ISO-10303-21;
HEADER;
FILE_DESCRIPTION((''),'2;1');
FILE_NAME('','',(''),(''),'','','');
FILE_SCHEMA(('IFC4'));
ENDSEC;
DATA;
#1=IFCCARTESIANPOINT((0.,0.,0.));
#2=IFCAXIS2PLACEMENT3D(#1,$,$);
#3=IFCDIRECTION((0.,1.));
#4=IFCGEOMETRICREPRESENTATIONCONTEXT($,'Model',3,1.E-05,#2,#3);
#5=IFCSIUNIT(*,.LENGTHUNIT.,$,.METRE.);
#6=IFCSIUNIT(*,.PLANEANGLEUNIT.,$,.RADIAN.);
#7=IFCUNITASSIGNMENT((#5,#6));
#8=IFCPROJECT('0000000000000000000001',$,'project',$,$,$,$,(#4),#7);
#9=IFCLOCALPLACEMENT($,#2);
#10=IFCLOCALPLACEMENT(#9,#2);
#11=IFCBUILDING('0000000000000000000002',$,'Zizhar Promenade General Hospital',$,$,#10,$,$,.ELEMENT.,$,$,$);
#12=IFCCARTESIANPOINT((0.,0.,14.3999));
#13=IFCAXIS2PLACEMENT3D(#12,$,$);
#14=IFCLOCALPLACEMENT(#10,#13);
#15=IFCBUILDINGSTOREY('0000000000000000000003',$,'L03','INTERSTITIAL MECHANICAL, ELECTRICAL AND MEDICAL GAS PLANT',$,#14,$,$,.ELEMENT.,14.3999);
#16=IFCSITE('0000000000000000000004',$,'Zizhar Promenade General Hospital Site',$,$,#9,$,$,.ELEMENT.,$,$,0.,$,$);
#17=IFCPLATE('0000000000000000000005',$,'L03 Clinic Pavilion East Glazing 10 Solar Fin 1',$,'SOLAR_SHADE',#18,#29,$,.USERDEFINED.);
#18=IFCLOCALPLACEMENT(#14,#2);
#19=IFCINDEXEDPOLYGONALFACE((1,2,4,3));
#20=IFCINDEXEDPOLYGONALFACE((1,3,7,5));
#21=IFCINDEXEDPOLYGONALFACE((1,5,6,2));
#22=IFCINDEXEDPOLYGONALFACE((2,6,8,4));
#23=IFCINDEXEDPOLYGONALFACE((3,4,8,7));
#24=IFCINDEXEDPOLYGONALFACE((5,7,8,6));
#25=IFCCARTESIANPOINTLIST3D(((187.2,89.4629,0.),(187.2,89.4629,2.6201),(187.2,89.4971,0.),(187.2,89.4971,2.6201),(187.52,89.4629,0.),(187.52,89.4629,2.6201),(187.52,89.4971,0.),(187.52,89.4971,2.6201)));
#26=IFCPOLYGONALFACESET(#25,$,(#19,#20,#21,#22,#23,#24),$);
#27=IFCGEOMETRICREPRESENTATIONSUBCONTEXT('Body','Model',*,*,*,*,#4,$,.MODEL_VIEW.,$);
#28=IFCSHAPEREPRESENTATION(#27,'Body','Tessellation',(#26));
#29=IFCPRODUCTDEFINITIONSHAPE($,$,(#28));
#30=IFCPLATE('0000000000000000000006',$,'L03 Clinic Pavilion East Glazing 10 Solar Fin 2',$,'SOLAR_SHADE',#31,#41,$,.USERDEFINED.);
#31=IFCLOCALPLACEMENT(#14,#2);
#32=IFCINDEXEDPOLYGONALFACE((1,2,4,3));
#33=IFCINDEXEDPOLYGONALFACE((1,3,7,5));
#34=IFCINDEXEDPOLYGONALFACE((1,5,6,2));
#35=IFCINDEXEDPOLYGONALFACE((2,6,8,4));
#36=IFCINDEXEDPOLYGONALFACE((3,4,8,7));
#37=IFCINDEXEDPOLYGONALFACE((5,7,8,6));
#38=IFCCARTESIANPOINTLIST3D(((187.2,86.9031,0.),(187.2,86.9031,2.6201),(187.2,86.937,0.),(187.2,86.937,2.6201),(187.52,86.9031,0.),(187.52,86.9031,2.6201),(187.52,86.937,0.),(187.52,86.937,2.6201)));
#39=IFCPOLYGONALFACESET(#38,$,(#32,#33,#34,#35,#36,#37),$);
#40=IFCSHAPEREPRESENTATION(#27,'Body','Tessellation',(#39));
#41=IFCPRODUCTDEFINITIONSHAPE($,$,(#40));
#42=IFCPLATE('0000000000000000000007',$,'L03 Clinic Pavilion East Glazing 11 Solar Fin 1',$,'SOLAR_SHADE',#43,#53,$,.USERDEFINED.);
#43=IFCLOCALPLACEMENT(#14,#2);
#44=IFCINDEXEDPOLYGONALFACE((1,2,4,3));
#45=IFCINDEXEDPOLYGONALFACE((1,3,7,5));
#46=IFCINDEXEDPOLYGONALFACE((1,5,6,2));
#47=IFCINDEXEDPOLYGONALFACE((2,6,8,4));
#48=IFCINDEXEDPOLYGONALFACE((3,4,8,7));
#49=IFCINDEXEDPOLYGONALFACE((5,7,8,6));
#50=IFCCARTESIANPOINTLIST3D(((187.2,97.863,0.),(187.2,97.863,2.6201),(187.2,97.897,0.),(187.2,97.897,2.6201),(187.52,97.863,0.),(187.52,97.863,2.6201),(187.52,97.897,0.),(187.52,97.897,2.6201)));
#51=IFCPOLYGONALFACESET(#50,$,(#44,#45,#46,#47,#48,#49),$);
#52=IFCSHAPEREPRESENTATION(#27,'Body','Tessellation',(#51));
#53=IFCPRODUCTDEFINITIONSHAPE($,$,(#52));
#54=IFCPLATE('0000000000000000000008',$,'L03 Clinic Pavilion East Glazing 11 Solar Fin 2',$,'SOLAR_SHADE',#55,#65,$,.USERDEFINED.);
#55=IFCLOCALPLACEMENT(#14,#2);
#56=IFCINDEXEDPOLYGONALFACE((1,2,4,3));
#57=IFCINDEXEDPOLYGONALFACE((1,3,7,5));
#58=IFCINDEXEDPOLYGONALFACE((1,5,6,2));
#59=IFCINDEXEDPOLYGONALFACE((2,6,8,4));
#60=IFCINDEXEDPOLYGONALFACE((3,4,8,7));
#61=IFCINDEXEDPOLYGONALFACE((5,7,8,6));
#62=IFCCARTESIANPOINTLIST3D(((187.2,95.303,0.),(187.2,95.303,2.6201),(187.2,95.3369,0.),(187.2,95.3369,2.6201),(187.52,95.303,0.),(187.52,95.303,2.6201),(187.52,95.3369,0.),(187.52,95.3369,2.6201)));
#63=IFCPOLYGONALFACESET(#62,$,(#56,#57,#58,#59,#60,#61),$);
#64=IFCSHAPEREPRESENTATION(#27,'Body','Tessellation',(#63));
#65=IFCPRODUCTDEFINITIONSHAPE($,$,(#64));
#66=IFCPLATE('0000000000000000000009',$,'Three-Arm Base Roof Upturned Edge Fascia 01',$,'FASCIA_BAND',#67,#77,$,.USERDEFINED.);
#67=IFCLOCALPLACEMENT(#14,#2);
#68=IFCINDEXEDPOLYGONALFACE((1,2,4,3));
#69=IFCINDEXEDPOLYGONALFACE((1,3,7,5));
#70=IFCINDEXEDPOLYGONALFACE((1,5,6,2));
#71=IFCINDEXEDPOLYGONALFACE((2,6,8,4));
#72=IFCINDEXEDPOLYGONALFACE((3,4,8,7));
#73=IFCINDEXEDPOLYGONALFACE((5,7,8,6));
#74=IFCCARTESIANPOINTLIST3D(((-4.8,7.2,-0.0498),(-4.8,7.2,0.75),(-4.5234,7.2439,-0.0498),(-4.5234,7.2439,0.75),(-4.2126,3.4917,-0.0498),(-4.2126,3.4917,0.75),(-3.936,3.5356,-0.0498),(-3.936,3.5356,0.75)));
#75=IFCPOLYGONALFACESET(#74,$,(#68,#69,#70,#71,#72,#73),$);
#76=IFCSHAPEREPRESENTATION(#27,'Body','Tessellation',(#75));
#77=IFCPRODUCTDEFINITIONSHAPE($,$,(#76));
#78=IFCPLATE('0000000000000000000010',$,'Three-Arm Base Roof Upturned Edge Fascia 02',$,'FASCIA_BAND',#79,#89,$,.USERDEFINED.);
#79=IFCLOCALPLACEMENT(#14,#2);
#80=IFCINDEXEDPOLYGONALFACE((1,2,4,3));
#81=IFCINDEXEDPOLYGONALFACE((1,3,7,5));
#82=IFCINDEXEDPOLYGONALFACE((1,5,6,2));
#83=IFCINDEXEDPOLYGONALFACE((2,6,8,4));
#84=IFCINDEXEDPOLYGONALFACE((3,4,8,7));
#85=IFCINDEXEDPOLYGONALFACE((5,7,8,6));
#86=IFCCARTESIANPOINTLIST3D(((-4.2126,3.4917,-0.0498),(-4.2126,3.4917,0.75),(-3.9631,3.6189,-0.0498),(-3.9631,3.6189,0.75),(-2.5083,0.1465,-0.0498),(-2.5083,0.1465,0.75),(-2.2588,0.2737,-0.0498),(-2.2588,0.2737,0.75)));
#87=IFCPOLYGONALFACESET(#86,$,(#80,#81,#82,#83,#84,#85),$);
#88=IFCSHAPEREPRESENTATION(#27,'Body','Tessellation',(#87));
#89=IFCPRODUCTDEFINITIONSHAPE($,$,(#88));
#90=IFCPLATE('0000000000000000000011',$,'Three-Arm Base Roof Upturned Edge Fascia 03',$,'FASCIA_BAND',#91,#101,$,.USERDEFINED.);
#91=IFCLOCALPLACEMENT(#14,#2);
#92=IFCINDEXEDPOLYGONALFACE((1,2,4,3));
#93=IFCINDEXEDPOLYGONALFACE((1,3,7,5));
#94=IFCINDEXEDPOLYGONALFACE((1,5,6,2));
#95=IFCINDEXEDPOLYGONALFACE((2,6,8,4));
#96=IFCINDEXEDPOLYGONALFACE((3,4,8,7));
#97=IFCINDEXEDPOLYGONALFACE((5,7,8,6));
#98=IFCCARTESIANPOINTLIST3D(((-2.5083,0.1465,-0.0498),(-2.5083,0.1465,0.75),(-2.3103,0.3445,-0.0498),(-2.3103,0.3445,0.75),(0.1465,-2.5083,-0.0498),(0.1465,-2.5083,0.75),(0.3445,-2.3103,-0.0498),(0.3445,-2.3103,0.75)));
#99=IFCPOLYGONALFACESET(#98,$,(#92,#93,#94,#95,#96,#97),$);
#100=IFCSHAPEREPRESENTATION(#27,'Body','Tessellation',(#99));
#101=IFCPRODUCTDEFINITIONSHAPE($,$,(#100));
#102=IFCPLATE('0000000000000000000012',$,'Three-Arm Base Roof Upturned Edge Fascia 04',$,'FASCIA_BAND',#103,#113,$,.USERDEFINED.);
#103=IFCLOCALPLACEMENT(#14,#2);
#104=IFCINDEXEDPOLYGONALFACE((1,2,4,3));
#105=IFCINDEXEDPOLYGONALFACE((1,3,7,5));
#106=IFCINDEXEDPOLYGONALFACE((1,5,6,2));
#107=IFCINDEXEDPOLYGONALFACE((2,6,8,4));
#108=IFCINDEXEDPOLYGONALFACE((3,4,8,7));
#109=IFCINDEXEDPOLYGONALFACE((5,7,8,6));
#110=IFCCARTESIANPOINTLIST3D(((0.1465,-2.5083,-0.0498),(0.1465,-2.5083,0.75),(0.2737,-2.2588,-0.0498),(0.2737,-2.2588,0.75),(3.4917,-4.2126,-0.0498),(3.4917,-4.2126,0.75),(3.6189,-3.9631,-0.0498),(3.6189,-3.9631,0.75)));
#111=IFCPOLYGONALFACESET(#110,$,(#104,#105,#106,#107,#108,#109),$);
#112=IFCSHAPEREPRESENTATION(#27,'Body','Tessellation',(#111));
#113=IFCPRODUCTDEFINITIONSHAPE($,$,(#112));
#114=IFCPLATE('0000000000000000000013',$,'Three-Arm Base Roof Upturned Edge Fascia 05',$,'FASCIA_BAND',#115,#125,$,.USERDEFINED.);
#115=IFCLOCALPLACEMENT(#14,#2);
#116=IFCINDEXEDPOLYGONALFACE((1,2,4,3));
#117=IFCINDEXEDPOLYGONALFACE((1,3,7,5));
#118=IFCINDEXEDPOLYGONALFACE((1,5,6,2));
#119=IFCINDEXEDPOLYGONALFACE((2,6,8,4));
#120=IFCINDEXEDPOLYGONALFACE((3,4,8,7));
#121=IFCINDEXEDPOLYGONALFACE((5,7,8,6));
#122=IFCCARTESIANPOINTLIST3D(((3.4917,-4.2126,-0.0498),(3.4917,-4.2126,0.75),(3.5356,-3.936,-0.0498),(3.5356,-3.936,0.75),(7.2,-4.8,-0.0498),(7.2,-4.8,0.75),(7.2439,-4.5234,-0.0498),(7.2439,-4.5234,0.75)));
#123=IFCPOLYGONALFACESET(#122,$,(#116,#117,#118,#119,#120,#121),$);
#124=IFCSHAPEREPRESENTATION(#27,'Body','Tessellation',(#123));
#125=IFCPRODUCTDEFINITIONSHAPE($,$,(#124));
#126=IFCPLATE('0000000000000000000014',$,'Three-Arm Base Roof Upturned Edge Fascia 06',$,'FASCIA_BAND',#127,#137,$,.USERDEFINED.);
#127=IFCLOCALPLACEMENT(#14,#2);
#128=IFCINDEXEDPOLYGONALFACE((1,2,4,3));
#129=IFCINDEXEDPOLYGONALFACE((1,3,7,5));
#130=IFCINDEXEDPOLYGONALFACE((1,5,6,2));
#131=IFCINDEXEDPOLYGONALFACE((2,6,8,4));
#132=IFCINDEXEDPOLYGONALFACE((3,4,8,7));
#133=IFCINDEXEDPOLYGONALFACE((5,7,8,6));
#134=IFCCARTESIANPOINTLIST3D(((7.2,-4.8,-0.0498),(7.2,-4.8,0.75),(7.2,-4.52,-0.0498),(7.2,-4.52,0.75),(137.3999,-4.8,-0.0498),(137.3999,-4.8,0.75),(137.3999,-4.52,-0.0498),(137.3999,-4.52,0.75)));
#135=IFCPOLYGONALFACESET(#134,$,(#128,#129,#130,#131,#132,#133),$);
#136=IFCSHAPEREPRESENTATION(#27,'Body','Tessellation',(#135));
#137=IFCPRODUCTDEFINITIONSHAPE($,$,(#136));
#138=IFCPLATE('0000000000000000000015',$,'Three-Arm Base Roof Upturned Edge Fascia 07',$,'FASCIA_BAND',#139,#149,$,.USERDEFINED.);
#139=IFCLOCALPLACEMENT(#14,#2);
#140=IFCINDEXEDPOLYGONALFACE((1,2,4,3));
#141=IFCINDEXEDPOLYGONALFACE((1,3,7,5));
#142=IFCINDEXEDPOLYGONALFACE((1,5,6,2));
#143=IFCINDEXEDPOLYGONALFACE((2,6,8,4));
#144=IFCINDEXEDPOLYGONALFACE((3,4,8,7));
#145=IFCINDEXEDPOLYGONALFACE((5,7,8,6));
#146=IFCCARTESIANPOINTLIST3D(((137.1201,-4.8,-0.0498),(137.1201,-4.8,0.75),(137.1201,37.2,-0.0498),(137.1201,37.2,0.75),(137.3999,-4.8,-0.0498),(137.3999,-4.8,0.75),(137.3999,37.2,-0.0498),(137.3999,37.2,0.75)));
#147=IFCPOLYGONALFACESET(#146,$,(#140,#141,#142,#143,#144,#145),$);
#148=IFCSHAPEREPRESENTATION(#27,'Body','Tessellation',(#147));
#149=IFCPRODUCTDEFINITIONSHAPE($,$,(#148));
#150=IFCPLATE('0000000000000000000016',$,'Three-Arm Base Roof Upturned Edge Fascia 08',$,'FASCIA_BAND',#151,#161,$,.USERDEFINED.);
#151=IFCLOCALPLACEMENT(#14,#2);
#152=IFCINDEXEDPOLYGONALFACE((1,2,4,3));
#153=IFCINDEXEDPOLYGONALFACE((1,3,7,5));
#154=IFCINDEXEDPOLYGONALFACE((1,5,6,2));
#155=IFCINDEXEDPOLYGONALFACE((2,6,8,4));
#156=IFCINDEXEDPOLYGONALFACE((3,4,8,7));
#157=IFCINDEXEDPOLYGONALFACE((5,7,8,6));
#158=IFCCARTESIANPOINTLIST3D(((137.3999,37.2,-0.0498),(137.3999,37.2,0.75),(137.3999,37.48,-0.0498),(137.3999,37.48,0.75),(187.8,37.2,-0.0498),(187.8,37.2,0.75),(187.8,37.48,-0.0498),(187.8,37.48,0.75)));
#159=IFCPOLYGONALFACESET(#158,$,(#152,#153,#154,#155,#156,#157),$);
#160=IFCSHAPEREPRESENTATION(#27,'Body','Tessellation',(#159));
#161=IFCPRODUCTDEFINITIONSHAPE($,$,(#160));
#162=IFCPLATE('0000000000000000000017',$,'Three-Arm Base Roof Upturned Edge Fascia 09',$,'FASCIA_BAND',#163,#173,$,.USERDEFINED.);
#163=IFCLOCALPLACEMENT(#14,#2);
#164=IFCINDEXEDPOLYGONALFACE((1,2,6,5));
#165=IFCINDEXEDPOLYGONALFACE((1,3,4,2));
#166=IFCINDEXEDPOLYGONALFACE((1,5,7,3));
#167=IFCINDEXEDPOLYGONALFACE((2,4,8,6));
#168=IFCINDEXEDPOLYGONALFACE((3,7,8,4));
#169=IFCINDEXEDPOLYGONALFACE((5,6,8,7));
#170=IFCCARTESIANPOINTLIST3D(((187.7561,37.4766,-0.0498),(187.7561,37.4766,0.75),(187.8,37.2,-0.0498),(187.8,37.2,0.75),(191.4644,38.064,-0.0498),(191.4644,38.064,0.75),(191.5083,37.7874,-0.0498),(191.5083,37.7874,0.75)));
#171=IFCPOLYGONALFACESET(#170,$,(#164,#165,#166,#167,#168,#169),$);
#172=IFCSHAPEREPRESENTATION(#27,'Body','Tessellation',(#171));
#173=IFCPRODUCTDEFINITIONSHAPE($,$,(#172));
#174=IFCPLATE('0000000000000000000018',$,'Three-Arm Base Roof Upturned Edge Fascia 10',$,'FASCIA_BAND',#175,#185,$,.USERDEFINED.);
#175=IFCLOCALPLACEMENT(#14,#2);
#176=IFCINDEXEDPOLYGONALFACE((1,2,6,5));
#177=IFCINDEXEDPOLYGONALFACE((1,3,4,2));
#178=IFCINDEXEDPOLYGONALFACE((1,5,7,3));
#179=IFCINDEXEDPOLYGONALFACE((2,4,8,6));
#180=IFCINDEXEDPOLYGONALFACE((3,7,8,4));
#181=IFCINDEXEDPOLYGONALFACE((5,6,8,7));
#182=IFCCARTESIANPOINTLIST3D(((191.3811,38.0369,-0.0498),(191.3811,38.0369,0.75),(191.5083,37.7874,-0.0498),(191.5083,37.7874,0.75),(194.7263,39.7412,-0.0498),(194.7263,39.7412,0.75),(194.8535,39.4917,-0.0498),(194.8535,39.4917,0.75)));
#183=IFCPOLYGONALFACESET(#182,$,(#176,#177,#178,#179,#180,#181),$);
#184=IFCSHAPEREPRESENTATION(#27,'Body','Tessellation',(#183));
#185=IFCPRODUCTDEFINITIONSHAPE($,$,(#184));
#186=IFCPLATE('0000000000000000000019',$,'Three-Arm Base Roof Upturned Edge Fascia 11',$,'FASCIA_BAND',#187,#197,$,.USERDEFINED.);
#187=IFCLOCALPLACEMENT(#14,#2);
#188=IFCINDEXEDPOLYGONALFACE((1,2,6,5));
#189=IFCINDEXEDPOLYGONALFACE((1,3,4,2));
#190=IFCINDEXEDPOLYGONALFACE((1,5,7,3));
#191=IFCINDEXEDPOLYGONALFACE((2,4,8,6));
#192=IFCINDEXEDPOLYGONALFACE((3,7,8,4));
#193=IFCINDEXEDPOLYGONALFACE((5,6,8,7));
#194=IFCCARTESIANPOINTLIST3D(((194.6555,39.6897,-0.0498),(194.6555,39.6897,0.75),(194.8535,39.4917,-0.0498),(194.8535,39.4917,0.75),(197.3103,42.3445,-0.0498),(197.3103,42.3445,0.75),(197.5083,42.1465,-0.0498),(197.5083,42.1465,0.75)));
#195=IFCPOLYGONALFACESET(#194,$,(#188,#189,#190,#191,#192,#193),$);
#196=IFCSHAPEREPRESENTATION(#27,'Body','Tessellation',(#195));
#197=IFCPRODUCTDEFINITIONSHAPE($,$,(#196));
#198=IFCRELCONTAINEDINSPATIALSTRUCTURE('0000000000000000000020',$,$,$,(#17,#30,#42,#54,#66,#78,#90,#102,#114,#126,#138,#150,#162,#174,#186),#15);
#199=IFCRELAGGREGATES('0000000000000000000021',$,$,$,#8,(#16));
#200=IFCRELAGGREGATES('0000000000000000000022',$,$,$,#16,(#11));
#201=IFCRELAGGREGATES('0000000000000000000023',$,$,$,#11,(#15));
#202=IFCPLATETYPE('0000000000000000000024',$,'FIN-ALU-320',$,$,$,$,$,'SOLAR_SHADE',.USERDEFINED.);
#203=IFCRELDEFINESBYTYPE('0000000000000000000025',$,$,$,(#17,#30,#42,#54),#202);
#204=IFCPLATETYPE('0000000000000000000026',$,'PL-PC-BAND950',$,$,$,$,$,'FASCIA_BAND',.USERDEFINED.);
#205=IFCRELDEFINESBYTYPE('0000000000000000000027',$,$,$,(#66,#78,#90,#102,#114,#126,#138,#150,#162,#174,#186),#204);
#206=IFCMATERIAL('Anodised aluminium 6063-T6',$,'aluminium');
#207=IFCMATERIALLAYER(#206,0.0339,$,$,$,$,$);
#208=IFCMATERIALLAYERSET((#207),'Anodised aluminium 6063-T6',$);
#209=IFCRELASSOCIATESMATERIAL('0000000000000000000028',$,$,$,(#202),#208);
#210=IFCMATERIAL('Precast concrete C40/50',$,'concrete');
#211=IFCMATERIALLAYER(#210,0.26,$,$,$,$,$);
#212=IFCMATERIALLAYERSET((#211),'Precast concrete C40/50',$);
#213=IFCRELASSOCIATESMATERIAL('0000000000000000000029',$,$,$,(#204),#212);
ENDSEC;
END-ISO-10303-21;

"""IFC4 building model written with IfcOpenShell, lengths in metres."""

from ifc_helpers import new_model, si_unit, direction, frame, origin, place, context, subcontext, project, spatial, polyline, outline, extrude, material, layer, layer_set, type_object, element, save


model = new_model("IFC4")

# Units and contexts
model_context = context("Model", 3, precision=1e-05, world=origin(), true_north=direction((0.0, 1.0)))
body_context = subcontext(model_context, "Body", "Model", "MODEL_VIEW")
ifc_project = project(units=[si_unit("LENGTHUNIT", "METRE"), si_unit("PLANEANGLEUNIT", "RADIAN")], contexts=[model_context])

# Site, building, storey
site_placement = place(None, origin())
site = spatial("IfcSite", under=ifc_project, at=site_placement, Name="Zizhar Promenade General Hospital Site", CompositionType="ELEMENT", RefElevation=0.0)
building_placement = place(site_placement, origin())
building = spatial("IfcBuilding", under=site, at=building_placement, Name="Zizhar Promenade General Hospital", CompositionType="ELEMENT")
storey_placement = place(building_placement, frame((0.0, 0.0, 14.3999)))
storey = spatial("IfcBuildingStorey", under=building, at=storey_placement, Name="L03", Description="INTERSTITIAL MECHANICAL, ELECTRICAL AND MEDICAL GAS PLANT", CompositionType="ELEMENT", Elevation=14.3999)

# Plates
ifc_material_1 = material(Name="Anodised aluminium 6063-T6", Category="aluminium")
ifc_layer_1 = layer(ifc_material_1, 0.0339)
ifc_layer_set_1 = layer_set([ifc_layer_1], Name="Anodised aluminium 6063-T6")
plate_type_1 = type_object("IfcPlateType", Name="FIN-ALU-320", ElementType="SOLAR_SHADE", PredefinedType="USERDEFINED", material=ifc_layer_set_1)
plate_1_placement = place(storey_placement, origin())
element("IfcPlate", 1, at=plate_1_placement, inside=storey, type_object=plate_type_1, Name="L03 Clinic Pavilion East Glazing 10 Solar Fin 1", ObjectType="SOLAR_SHADE", PredefinedType="USERDEFINED", context=body_context, shape_type="SweptSolid", body=[
    extrude(outline(polyline([(187.2, 89.4971), (187.2, 89.4629), (187.52, 89.4629), (187.52, 89.4971), (187.2, 89.4971)])), origin(), (0.0, 0.0, 1.0), 2.6201),
])
plate_2_placement = place(storey_placement, origin())
element("IfcPlate", 2, at=plate_2_placement, inside=storey, type_object=plate_type_1, Name="L03 Clinic Pavilion East Glazing 10 Solar Fin 2", ObjectType="SOLAR_SHADE", PredefinedType="USERDEFINED", context=body_context, shape_type="SweptSolid", body=[
    extrude(outline(polyline([(187.2, 86.937), (187.2, 86.9031), (187.52, 86.9031), (187.52, 86.937), (187.2, 86.937)])), origin(), (0.0, 0.0, 1.0), 2.6201),
])
plate_3_placement = place(storey_placement, origin())
element("IfcPlate", 3, at=plate_3_placement, inside=storey, type_object=plate_type_1, Name="L03 Clinic Pavilion East Glazing 11 Solar Fin 1", ObjectType="SOLAR_SHADE", PredefinedType="USERDEFINED", context=body_context, shape_type="SweptSolid", body=[
    extrude(outline(polyline([(187.2, 97.897), (187.2, 97.863), (187.52, 97.863), (187.52, 97.897), (187.2, 97.897)])), origin(), (0.0, 0.0, 1.0), 2.6201),
])
plate_4_placement = place(storey_placement, origin())
element("IfcPlate", 4, at=plate_4_placement, inside=storey, type_object=plate_type_1, Name="L03 Clinic Pavilion East Glazing 11 Solar Fin 2", ObjectType="SOLAR_SHADE", PredefinedType="USERDEFINED", context=body_context, shape_type="SweptSolid", body=[
    extrude(outline(polyline([(187.2, 95.3369), (187.2, 95.303), (187.52, 95.303), (187.52, 95.3369), (187.2, 95.3369)])), origin(), (0.0, 0.0, 1.0), 2.6201),
])
ifc_material_2 = material(Name="Precast concrete C40/50", Category="concrete")
ifc_layer_2 = layer(ifc_material_2, 0.26)
ifc_layer_set_2 = layer_set([ifc_layer_2], Name="Precast concrete C40/50")
plate_type_2 = type_object("IfcPlateType", Name="PL-PC-BAND950", ElementType="FASCIA_BAND", PredefinedType="USERDEFINED", material=ifc_layer_set_2)
plate_5_placement = place(storey_placement, frame((0.0, 0.0, -0.0498)))
element("IfcPlate", 5, at=plate_5_placement, inside=storey, type_object=plate_type_2, Name="Three-Arm Base Roof Upturned Edge Fascia 01", ObjectType="FASCIA_BAND", PredefinedType="USERDEFINED", context=body_context, shape_type="SweptSolid", body=[
    extrude(outline(polyline([(-4.8, 7.2), (-4.2126, 3.4917), (-3.936, 3.5356), (-4.5234, 7.2439), (-4.8, 7.2)])), origin(), (0.0, 0.0, 1.0), 0.7998),
])
plate_6_placement = place(storey_placement, frame((0.0, 0.0, -0.0498)))
element("IfcPlate", 6, at=plate_6_placement, inside=storey, type_object=plate_type_2, Name="Three-Arm Base Roof Upturned Edge Fascia 02", ObjectType="FASCIA_BAND", PredefinedType="USERDEFINED", context=body_context, shape_type="SweptSolid", body=[
    extrude(outline(polyline([(-4.2126, 3.4917), (-2.5083, 0.1465), (-2.2588, 0.2737), (-3.9631, 3.6189), (-4.2126, 3.4917)])), origin(), (0.0, 0.0, 1.0), 0.7998),
])
plate_7_placement = place(storey_placement, frame((0.0, 0.0, -0.0498)))
element("IfcPlate", 7, at=plate_7_placement, inside=storey, type_object=plate_type_2, Name="Three-Arm Base Roof Upturned Edge Fascia 03", ObjectType="FASCIA_BAND", PredefinedType="USERDEFINED", context=body_context, shape_type="SweptSolid", body=[
    extrude(outline(polyline([(-2.5083, 0.1465), (0.1465, -2.5083), (0.3445, -2.3103), (-2.3103, 0.3445), (-2.5083, 0.1465)])), origin(), (0.0, 0.0, 1.0), 0.7998),
])
plate_8_placement = place(storey_placement, frame((0.0, 0.0, -0.0498)))
element("IfcPlate", 8, at=plate_8_placement, inside=storey, type_object=plate_type_2, Name="Three-Arm Base Roof Upturned Edge Fascia 04", ObjectType="FASCIA_BAND", PredefinedType="USERDEFINED", context=body_context, shape_type="SweptSolid", body=[
    extrude(outline(polyline([(0.1465, -2.5083), (3.4917, -4.2126), (3.6189, -3.9631), (0.2737, -2.2588), (0.1465, -2.5083)])), origin(), (0.0, 0.0, 1.0), 0.7998),
])
plate_9_placement = place(storey_placement, frame((0.0, 0.0, -0.0498)))
element("IfcPlate", 9, at=plate_9_placement, inside=storey, type_object=plate_type_2, Name="Three-Arm Base Roof Upturned Edge Fascia 05", ObjectType="FASCIA_BAND", PredefinedType="USERDEFINED", context=body_context, shape_type="SweptSolid", body=[
    extrude(outline(polyline([(3.4917, -4.2126), (7.2, -4.8), (7.2439, -4.5234), (3.5356, -3.936), (3.4917, -4.2126)])), origin(), (0.0, 0.0, 1.0), 0.7998),
])
plate_10_placement = place(storey_placement, frame((0.0, 0.0, -0.0498)))
element("IfcPlate", 10, at=plate_10_placement, inside=storey, type_object=plate_type_2, Name="Three-Arm Base Roof Upturned Edge Fascia 06", ObjectType="FASCIA_BAND", PredefinedType="USERDEFINED", context=body_context, shape_type="SweptSolid", body=[
    extrude(outline(polyline([(7.2, -4.8), (137.3999, -4.8), (137.3999, -4.52), (7.2, -4.52), (7.2, -4.8)])), origin(), (0.0, 0.0, 1.0), 0.7998),
])
plate_11_placement = place(storey_placement, frame((0.0, 0.0, -0.0498)))
element("IfcPlate", 11, at=plate_11_placement, inside=storey, type_object=plate_type_2, Name="Three-Arm Base Roof Upturned Edge Fascia 07", ObjectType="FASCIA_BAND", PredefinedType="USERDEFINED", context=body_context, shape_type="SweptSolid", body=[
    extrude(outline(polyline([(137.3999, -4.8), (137.3999, 37.2), (137.1201, 37.2), (137.1201, -4.8), (137.3999, -4.8)])), origin(), (0.0, 0.0, 1.0), 0.7998),
])
plate_12_placement = place(storey_placement, frame((0.0, 0.0, -0.0498)))
element("IfcPlate", 12, at=plate_12_placement, inside=storey, type_object=plate_type_2, Name="Three-Arm Base Roof Upturned Edge Fascia 08", ObjectType="FASCIA_BAND", PredefinedType="USERDEFINED", context=body_context, shape_type="SweptSolid", body=[
    extrude(outline(polyline([(137.3999, 37.2), (187.8, 37.2), (187.8, 37.48), (137.3999, 37.48), (137.3999, 37.2)])), origin(), (0.0, 0.0, 1.0), 0.7998),
])
plate_13_placement = place(storey_placement, frame((0.0, 0.0, -0.0498)))
element("IfcPlate", 13, at=plate_13_placement, inside=storey, type_object=plate_type_2, Name="Three-Arm Base Roof Upturned Edge Fascia 09", ObjectType="FASCIA_BAND", PredefinedType="USERDEFINED", context=body_context, shape_type="SweptSolid", body=[
    extrude(outline(polyline([(187.8, 37.2), (191.5083, 37.7874), (191.4644, 38.064), (187.7561, 37.4766), (187.8, 37.2)])), origin(), (0.0, 0.0, 1.0), 0.7998),
])
plate_14_placement = place(storey_placement, frame((0.0, 0.0, -0.0498)))
element("IfcPlate", 14, at=plate_14_placement, inside=storey, type_object=plate_type_2, Name="Three-Arm Base Roof Upturned Edge Fascia 10", ObjectType="FASCIA_BAND", PredefinedType="USERDEFINED", context=body_context, shape_type="SweptSolid", body=[
    extrude(outline(polyline([(191.5083, 37.7874), (194.8535, 39.4917), (194.7263, 39.7412), (191.3811, 38.0369), (191.5083, 37.7874)])), origin(), (0.0, 0.0, 1.0), 0.7998),
])
plate_15_placement = place(storey_placement, frame((0.0, 0.0, -0.0498)))
element("IfcPlate", 15, at=plate_15_placement, inside=storey, type_object=plate_type_2, Name="Three-Arm Base Roof Upturned Edge Fascia 11", ObjectType="FASCIA_BAND", PredefinedType="USERDEFINED", context=body_context, shape_type="SweptSolid", body=[
    extrude(outline(polyline([(194.8535, 39.4917), (197.5083, 42.1465), (197.3103, 42.3445), (194.6555, 39.6897), (194.8535, 39.4917)])), origin(), (0.0, 0.0, 1.0), 0.7998),
])

save(model, "model.ifc")
